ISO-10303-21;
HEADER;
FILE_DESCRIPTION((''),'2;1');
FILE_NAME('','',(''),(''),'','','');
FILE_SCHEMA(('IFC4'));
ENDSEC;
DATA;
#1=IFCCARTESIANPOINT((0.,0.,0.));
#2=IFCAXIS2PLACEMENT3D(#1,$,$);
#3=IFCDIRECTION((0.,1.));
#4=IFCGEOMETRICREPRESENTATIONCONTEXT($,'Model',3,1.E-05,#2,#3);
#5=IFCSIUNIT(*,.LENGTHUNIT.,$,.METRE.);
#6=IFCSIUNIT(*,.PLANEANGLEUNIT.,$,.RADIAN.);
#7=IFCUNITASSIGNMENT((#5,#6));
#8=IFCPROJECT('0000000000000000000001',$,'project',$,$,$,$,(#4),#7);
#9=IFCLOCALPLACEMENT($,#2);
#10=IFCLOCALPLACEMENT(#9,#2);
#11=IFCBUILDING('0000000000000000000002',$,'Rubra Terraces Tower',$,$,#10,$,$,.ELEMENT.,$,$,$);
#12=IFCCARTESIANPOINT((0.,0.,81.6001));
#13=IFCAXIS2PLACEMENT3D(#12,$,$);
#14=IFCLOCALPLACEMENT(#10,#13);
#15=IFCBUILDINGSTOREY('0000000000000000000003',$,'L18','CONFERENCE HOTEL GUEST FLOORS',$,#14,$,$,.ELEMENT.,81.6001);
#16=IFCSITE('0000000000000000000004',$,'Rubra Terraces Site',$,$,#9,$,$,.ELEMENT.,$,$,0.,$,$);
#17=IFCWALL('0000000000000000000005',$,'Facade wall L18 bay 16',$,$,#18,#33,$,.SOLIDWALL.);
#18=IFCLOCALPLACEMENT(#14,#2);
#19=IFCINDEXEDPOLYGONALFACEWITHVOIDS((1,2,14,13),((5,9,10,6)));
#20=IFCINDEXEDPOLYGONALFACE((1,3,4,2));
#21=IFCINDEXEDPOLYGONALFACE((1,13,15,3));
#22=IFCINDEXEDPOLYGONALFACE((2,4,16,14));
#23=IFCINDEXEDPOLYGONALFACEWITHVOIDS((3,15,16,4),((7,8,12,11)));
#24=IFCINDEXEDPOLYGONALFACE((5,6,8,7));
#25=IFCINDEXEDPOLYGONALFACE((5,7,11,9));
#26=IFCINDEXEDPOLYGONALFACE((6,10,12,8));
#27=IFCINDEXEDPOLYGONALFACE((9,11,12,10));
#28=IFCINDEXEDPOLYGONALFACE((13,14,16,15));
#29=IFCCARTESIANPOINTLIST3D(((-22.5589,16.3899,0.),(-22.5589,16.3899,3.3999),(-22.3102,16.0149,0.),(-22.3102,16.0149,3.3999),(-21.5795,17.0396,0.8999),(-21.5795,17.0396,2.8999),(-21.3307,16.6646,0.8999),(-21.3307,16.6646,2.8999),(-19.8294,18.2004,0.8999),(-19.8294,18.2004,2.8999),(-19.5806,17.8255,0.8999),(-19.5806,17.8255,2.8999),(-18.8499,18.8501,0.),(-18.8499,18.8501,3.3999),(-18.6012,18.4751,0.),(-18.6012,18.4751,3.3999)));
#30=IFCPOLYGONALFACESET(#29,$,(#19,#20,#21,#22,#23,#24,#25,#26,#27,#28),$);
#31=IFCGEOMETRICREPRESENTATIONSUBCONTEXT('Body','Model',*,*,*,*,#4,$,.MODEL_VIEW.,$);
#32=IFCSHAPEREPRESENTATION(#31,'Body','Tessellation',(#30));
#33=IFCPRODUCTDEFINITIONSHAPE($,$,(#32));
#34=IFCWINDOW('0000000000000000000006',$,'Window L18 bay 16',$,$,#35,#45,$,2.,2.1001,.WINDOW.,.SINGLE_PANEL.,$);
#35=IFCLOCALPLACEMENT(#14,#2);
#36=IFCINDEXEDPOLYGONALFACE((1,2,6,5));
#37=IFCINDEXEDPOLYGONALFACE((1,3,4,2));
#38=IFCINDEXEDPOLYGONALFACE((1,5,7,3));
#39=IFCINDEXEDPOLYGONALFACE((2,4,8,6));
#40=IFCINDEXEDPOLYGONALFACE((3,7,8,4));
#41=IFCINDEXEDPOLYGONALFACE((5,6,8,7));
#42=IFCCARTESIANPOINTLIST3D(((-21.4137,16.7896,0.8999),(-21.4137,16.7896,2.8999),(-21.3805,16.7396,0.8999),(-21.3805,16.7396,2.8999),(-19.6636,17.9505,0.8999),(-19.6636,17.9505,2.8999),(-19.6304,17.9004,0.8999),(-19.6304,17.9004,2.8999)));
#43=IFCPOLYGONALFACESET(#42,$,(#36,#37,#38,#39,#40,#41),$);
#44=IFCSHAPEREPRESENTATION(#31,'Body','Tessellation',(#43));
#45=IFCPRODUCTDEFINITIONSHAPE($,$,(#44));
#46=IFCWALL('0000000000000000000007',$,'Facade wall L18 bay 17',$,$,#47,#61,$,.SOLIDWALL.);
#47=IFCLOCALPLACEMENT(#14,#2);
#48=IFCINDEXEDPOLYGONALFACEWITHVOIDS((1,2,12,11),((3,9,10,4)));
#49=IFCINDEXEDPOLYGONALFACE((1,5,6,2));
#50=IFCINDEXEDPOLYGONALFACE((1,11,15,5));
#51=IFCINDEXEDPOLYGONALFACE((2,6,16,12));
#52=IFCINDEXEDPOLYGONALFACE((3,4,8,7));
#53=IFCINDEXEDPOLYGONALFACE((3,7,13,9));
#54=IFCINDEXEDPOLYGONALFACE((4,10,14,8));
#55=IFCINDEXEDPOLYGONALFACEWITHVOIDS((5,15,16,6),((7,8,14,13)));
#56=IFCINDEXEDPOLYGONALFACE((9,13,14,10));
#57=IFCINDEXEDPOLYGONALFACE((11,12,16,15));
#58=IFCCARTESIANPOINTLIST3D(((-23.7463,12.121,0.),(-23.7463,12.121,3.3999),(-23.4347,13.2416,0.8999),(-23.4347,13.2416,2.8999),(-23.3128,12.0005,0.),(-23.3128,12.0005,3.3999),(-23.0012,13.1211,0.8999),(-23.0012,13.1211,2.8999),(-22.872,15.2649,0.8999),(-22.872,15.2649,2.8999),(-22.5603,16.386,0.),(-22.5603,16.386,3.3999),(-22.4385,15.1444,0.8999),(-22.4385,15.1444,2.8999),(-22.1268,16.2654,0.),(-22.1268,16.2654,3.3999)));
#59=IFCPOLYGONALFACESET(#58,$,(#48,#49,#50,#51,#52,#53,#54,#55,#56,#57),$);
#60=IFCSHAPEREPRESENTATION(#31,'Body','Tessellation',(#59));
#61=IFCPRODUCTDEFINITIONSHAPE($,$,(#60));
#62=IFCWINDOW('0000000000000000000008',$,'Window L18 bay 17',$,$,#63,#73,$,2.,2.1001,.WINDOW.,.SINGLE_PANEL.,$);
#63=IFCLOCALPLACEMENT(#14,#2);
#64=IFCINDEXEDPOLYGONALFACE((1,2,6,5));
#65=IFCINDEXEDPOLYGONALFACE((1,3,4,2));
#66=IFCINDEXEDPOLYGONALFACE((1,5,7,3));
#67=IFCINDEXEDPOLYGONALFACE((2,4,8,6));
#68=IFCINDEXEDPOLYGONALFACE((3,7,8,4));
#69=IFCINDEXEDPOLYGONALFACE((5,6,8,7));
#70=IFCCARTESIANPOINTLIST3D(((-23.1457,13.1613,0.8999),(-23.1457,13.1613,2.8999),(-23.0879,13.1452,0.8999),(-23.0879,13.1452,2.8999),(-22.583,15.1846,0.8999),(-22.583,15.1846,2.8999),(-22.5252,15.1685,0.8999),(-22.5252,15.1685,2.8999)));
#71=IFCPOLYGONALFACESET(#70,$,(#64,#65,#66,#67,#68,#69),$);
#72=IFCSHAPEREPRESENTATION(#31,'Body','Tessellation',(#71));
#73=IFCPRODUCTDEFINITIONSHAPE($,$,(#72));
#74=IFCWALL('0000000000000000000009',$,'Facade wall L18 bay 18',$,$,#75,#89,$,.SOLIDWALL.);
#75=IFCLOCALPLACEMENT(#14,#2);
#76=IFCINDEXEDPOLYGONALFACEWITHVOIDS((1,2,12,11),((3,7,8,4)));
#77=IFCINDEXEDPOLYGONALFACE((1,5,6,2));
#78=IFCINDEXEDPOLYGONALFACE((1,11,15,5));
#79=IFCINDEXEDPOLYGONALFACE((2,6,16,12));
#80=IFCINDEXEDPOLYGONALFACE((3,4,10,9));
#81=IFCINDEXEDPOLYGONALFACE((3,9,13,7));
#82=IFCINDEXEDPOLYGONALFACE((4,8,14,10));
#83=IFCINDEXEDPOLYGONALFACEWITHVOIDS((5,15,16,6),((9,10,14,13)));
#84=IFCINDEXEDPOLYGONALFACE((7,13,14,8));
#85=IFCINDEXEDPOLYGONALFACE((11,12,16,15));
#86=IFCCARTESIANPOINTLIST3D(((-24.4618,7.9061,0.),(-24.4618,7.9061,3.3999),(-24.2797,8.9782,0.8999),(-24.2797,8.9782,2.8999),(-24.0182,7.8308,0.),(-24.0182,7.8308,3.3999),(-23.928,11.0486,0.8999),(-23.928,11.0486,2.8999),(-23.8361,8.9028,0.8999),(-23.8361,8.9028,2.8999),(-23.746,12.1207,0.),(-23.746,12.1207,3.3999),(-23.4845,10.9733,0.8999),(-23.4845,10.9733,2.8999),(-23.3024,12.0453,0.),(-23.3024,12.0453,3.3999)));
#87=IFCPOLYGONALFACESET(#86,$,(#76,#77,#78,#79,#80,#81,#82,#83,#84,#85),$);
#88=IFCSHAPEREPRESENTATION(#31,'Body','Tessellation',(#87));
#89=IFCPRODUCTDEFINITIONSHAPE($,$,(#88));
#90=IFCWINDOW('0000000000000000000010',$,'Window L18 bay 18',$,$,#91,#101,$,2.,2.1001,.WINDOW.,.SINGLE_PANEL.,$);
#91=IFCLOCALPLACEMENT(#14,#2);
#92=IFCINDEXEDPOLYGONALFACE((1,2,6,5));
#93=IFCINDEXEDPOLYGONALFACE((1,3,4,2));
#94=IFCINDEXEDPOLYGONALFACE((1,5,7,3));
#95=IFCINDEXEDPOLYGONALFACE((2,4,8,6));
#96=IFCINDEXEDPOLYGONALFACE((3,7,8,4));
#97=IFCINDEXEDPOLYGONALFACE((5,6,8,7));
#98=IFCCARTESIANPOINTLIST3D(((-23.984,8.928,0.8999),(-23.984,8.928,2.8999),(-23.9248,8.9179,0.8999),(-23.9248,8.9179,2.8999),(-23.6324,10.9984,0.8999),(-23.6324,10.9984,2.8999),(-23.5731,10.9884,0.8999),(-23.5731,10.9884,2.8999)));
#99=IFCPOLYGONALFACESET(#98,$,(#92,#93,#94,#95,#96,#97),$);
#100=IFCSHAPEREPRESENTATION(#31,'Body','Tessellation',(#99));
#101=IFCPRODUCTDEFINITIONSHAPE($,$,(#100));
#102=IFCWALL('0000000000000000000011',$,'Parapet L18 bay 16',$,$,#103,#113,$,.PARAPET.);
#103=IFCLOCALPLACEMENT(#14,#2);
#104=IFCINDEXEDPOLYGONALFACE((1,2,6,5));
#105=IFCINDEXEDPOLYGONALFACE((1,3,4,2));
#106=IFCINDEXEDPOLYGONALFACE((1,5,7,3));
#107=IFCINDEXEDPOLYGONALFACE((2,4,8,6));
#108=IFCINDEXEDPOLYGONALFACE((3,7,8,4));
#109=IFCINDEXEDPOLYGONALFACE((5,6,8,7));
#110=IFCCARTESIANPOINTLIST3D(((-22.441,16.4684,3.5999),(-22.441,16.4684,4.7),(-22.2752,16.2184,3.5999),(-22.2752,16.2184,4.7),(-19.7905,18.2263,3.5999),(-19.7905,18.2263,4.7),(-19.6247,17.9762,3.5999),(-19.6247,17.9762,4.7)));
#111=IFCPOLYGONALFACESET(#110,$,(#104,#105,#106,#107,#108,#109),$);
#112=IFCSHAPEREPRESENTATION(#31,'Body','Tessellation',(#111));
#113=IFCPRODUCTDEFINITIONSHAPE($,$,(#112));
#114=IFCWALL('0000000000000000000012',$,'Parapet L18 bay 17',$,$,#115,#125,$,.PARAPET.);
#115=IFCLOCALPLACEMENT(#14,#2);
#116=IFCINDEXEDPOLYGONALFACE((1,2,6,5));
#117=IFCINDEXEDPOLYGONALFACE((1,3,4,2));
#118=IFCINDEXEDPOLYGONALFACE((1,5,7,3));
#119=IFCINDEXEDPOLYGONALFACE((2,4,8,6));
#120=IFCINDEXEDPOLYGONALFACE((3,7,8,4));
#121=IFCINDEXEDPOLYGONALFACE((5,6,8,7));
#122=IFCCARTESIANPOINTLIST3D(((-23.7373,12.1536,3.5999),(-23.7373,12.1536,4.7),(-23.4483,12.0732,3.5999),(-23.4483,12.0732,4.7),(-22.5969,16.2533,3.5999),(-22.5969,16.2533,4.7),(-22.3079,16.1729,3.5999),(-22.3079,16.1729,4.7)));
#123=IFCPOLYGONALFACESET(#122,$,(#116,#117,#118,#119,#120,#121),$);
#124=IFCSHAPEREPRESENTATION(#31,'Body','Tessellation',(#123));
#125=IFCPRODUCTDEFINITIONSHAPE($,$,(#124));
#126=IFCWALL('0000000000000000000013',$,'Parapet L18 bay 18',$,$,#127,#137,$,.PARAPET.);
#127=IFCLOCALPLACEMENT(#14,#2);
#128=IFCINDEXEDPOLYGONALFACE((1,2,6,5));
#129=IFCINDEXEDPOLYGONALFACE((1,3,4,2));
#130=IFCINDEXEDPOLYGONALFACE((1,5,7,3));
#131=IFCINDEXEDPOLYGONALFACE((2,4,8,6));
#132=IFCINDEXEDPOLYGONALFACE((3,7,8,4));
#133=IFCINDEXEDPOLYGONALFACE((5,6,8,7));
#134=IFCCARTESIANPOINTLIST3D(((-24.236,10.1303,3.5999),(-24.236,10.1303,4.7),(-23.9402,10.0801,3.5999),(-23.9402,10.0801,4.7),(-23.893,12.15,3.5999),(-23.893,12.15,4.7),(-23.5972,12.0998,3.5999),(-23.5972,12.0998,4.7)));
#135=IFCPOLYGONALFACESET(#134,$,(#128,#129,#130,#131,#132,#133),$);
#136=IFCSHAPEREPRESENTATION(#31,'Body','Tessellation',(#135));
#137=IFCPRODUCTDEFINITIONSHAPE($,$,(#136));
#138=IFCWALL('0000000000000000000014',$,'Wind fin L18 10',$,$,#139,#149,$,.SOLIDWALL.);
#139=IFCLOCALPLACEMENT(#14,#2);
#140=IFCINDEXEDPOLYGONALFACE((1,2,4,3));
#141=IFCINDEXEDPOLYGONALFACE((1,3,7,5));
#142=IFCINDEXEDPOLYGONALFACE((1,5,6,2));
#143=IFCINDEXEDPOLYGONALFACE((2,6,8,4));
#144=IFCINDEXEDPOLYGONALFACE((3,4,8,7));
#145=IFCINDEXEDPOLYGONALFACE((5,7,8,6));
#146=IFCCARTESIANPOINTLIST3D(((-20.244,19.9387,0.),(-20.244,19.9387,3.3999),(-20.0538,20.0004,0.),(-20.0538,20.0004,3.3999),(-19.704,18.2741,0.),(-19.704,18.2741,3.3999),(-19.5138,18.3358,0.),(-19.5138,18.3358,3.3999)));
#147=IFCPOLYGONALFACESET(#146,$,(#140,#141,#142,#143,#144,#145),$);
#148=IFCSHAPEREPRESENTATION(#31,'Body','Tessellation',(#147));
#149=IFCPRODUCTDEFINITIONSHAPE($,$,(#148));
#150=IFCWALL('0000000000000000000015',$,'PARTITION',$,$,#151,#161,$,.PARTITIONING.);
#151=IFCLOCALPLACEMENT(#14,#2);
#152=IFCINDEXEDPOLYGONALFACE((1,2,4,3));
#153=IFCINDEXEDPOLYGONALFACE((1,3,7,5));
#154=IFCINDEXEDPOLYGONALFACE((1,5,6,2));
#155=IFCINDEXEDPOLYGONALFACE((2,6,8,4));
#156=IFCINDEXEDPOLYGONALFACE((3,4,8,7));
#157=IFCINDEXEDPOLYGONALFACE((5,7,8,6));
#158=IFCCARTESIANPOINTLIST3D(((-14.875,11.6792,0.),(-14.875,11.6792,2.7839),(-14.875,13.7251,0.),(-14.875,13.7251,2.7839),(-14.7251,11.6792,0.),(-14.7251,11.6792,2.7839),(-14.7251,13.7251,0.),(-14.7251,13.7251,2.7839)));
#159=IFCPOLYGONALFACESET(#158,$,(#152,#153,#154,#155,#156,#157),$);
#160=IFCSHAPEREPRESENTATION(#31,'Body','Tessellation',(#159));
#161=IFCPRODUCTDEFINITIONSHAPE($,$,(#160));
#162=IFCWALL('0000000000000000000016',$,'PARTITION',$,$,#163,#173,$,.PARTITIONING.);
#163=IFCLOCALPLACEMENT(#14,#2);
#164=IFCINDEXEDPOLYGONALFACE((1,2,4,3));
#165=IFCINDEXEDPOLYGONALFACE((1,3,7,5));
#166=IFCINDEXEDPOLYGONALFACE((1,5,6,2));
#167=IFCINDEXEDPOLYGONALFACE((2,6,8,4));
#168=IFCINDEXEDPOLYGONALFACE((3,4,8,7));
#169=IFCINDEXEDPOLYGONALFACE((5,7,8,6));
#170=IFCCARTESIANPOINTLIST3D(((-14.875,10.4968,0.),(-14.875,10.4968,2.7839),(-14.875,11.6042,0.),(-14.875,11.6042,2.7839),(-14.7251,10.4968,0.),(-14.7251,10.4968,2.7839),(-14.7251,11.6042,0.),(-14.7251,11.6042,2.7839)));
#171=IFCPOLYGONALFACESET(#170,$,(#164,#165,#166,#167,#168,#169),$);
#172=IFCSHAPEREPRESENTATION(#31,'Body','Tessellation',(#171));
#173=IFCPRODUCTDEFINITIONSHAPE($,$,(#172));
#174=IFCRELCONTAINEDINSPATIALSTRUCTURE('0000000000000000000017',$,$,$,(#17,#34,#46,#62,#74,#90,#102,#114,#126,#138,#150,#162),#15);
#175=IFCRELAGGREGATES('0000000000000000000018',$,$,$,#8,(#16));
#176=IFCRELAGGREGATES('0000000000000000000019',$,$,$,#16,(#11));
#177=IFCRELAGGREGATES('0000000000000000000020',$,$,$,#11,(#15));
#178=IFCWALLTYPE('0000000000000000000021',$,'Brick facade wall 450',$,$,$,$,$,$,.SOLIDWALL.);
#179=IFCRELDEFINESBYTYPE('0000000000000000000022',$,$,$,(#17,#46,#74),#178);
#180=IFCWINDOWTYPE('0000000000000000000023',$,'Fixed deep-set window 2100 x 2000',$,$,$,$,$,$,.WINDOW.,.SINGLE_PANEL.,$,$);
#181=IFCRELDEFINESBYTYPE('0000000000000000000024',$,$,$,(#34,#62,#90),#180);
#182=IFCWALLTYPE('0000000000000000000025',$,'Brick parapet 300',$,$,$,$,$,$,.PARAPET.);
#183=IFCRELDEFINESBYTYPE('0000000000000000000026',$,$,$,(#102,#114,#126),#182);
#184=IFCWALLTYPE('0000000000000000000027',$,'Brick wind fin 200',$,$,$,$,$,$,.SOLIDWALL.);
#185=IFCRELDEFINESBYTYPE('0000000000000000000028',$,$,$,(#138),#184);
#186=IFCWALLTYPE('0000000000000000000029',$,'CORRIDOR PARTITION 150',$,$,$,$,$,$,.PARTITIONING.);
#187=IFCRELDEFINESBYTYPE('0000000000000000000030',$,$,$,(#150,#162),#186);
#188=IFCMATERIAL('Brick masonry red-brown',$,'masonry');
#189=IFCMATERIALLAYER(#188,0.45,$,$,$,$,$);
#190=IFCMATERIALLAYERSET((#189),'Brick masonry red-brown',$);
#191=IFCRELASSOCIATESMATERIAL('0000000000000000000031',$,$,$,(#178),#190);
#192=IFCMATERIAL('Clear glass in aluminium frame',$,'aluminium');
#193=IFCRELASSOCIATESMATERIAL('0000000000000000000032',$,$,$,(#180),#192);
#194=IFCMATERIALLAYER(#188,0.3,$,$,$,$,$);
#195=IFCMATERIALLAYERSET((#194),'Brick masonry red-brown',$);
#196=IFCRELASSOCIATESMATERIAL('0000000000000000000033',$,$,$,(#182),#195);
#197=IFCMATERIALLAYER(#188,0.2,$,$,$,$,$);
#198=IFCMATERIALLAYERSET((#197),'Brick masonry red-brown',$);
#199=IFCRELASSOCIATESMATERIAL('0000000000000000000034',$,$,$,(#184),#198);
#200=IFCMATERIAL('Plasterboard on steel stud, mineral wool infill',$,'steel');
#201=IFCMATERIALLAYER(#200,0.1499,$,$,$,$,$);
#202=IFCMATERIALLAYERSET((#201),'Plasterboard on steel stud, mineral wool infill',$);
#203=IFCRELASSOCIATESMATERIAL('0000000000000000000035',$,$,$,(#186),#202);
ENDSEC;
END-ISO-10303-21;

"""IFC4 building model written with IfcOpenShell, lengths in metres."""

from ifc_helpers import new_model, si_unit, direction, frame, frame_2d, origin, place, context, subcontext, project, spatial, rectangle, extrude, material, layer, layer_set, type_object, element, fill, save


model = new_model("IFC4")

# Units and contexts
model_context = context("Model", 3, precision=1e-05, world=origin(), true_north=direction((0.0, 1.0)))
body_context = subcontext(model_context, "Body", "Model", "MODEL_VIEW")
ifc_project = project(units=[si_unit("LENGTHUNIT", "METRE"), si_unit("PLANEANGLEUNIT", "RADIAN")], contexts=[model_context])

# Site, building, storey
site_placement = place(None, origin())
site = spatial("IfcSite", under=ifc_project, at=site_placement, Name="Rubra Terraces Site", CompositionType="ELEMENT", RefElevation=0.0)
building_placement = place(site_placement, origin())
building = spatial("IfcBuilding", under=site, at=building_placement, Name="Rubra Terraces Tower", CompositionType="ELEMENT")
storey_placement = place(building_placement, frame((0.0, 0.0, 81.6001)))
storey = spatial("IfcBuildingStorey", under=building, at=storey_placement, Name="L18", Description="CONFERENCE HOTEL GUEST FLOORS", CompositionType="ELEMENT", Elevation=81.6001)

# Walls, openings, windows
ifc_material_1 = material(Name="Brick masonry red-brown", Category="masonry")
ifc_layer_1 = layer(ifc_material_1, 0.45)
ifc_layer_set_1 = layer_set([ifc_layer_1], Name="Brick masonry red-brown")
wall_type_1 = type_object("IfcWallType", Name="Brick facade wall 450", PredefinedType="SOLIDWALL", material=ifc_layer_set_1)
wall_1_placement = place(storey_placement, frame((-18.7256, 18.6626, 0.0), z_axis=(0.0, 0.0, 1.0), x_axis=(-0.833339, -0.552762, 0.0)))
wall_1 = element("IfcWall", 1, at=wall_1_placement, inside=storey, type_object=wall_type_1, Name="Facade wall L18 bay 16", PredefinedType="SOLIDWALL", context=body_context, shape_type="SweptSolid", body=[
    extrude(rectangle(XDim=4.4507, YDim=0.45, at=frame_2d((2.2253, 0.0))), origin(), (0.0, 0.0, 1.0), 3.3999),
])
opening_1_placement = place(wall_1_placement, frame((1.1753, 0.0, 0.8999)))
opening_1 = element("IfcOpeningElement", 2, at=opening_1_placement, cuts=wall_1, PredefinedType="OPENING", context=body_context, shape_type="SweptSolid", body=[
    extrude(rectangle(XDim=2.1001, YDim=2.0, at=frame_2d((1.05, 1.0))), frame((0.0, 0.2349, 0.0), z_axis=(0.0, -1.0, 0.0), x_axis=(1.0, 0.0, 0.0)), (0.0, 0.0, 1.0), 0.47),
])
ifc_material_2 = material(Name="Clear glass in aluminium frame", Category="aluminium")
window_type = type_object("IfcWindowType", Name="Fixed deep-set window 2100 x 2000", PartitioningType="SINGLE_PANEL", PredefinedType="WINDOW", material=ifc_material_2)
window_1_placement = place(opening_1_placement, origin())
window_1 = element("IfcWindow", 3, at=window_1_placement, inside=storey, type_object=window_type, Name="Window L18 bay 16", OverallHeight=2.0, OverallWidth=2.1001, PartitioningType="SINGLE_PANEL", PredefinedType="WINDOW", context=body_context, shape_type="SweptSolid", body=[
    extrude(rectangle(XDim=2.1001, YDim=2.0, at=frame_2d((1.05, 1.0))), frame((0.0, 0.135, 0.0), z_axis=(0.0, -1.0, 0.0), x_axis=(1.0, 0.0, 0.0)), (0.0, 0.0, 1.0), 0.0601),
])
fill(opening_1, window_1)
wall_2_placement = place(storey_placement, frame((-22.3435, 16.3257, 0.0), z_axis=(0.0, 0.0, 1.0), x_axis=(-0.267925, -0.96344, 0.0)))
wall_2 = element("IfcWall", 4, at=wall_2_placement, inside=storey, type_object=wall_type_1, Name="Facade wall L18 bay 17", PredefinedType="SOLIDWALL", context=body_context, shape_type="SweptSolid", body=[
    extrude(rectangle(XDim=4.4268, YDim=0.45, at=frame_2d((2.2134, 0.0))), origin(), (0.0, 0.0, 1.0), 3.3999),
])
opening_2_placement = place(wall_2_placement, frame((1.1636, 0.0, 0.8999)))
opening_2 = element("IfcOpeningElement", 5, at=opening_2_placement, cuts=wall_2, PredefinedType="OPENING", context=body_context, shape_type="SweptSolid", body=[
    extrude(rectangle(XDim=2.1001, YDim=2.0, at=frame_2d((1.05, 1.0))), frame((0.0, 0.2349, 0.0), z_axis=(0.0, -1.0, 0.0), x_axis=(1.0, 0.0, 0.0)), (0.0, 0.0, 1.0), 0.47),
])
window_2_placement = place(opening_2_placement, origin())
window_2 = element("IfcWindow", 6, at=window_2_placement, inside=storey, type_object=window_type, Name="Window L18 bay 17", OverallHeight=2.0, OverallWidth=2.1001, PartitioningType="SINGLE_PANEL", PredefinedType="WINDOW", context=body_context, shape_type="SweptSolid", body=[
    extrude(rectangle(XDim=2.1001, YDim=2.0, at=frame_2d((1.05, 1.0))), frame((0.0, 0.135, 0.0), z_axis=(0.0, -1.0, 0.0), x_axis=(1.0, 0.0, 0.0)), (0.0, 0.0, 1.0), 0.0601),
])
fill(opening_2, window_2)
wall_3_placement = place(storey_placement, frame((-23.5242, 12.083, 0.0), z_axis=(0.0, 0.0, 1.0), x_axis=(-0.167445, -0.985881, 0.0)))
wall_3 = element("IfcWall", 7, at=wall_3_placement, inside=storey, type_object=wall_type_1, Name="Facade wall L18 bay 18", PredefinedType="SOLIDWALL", context=body_context, shape_type="SweptSolid", body=[
    extrude(rectangle(XDim=4.2749, YDim=0.45, at=frame_2d((2.1375, 0.0))), origin(), (0.0, 0.0, 1.0), 3.3999),
])
opening_3_placement = place(wall_3_placement, frame((1.0874, 0.0, 0.8999)))
opening_3 = element("IfcOpeningElement", 8, at=opening_3_placement, cuts=wall_3, PredefinedType="OPENING", context=body_context, shape_type="SweptSolid", body=[
    extrude(rectangle(XDim=2.1001, YDim=2.0, at=frame_2d((1.05, 1.0))), frame((0.0, 0.2349, 0.0), z_axis=(0.0, -1.0, 0.0), x_axis=(1.0, 0.0, 0.0)), (0.0, 0.0, 1.0), 0.47),
])
window_3_placement = place(opening_3_placement, origin())
window_3 = element("IfcWindow", 9, at=window_3_placement, inside=storey, type_object=window_type, Name="Window L18 bay 18", OverallHeight=2.0, OverallWidth=2.1001, PartitioningType="SINGLE_PANEL", PredefinedType="WINDOW", context=body_context, shape_type="SweptSolid", body=[
    extrude(rectangle(XDim=2.1001, YDim=2.0, at=frame_2d((1.05, 1.0))), frame((0.0, 0.135, 0.0), z_axis=(0.0, -1.0, 0.0), x_axis=(1.0, 0.0, 0.0)), (0.0, 0.0, 1.0), 0.0601),
])
fill(opening_3, window_3)

# Walls
ifc_layer_2 = layer(ifc_material_1, 0.3)
ifc_layer_set_2 = layer_set([ifc_layer_2], Name="Brick masonry red-brown")
wall_type_2 = type_object("IfcWallType", Name="Brick parapet 300", PredefinedType="PARAPET", material=ifc_layer_set_2)
wall_4_placement = place(storey_placement, frame((-19.7075, 18.1013, 3.5999), z_axis=(0.0, 0.0, 1.0), x_axis=(-0.833371, -0.552715, 0.0)))
element("IfcWall", 10, at=wall_4_placement, inside=storey, type_object=wall_type_2, Name="Parapet L18 bay 16", PredefinedType="PARAPET", context=body_context, shape_type="SweptSolid", body=[
    extrude(rectangle(XDim=3.1804, YDim=0.3, at=frame_2d((1.5903, 0.0))), origin(), (0.0, 0.0, 1.0), 1.1001),
])
wall_5_placement = place(storey_placement, frame((-22.4524, 16.2131, 3.5999), z_axis=(0.0, 0.0, 1.0), x_axis=(-0.267993, -0.963421, 0.0)))
element("IfcWall", 11, at=wall_5_placement, inside=storey, type_object=wall_type_2, Name="Parapet L18 bay 17", PredefinedType="PARAPET", context=body_context, shape_type="SweptSolid", body=[
    extrude(rectangle(XDim=4.2554, YDim=0.3, at=frame_2d((2.1277, 0.0))), origin(), (0.0, 0.0, 1.0), 1.1001),
])
wall_6_placement = place(storey_placement, frame((-23.7451, 12.125, 3.5999), z_axis=(0.0, 0.0, 1.0), x_axis=(-0.167432, -0.985884, 0.0)))
element("IfcWall", 12, at=wall_6_placement, inside=storey, type_object=wall_type_2, Name="Parapet L18 bay 18", PredefinedType="PARAPET", context=body_context, shape_type="SweptSolid", body=[
    extrude(rectangle(XDim=2.0486, YDim=0.3, at=frame_2d((1.0244, 0.0))), origin(), (0.0, 0.0, 1.0), 1.1001),
])
ifc_layer_3 = layer(ifc_material_1, 0.2)
ifc_layer_set_3 = layer_set([ifc_layer_3], Name="Brick masonry red-brown")
wall_type_3 = type_object("IfcWallType", Name="Brick wind fin 200", PredefinedType="SOLIDWALL", material=ifc_layer_set_3)
wall_7_placement = place(storey_placement, frame((-19.6089, 18.3049, 0.0), z_axis=(0.0, 0.0, 1.0), x_axis=(-0.3086, 0.951192, 0.0)))
element("IfcWall", 13, at=wall_7_placement, inside=storey, type_object=wall_type_3, Name="Wind fin L18 10", PredefinedType="SOLIDWALL", context=body_context, shape_type="SweptSolid", body=[
    extrude(rectangle(XDim=1.75, YDim=0.2, at=frame_2d((0.875, 0.0))), origin(), (0.0, 0.0, 1.0), 3.3999),
])
ifc_material_3 = material(Name="Plasterboard on steel stud, mineral wool infill", Category="steel")
ifc_layer_4 = layer(ifc_material_3, 0.1499)
ifc_layer_set_4 = layer_set([ifc_layer_4], Name="Plasterboard on steel stud, mineral wool infill")
wall_type_4 = type_object("IfcWallType", Name="CORRIDOR PARTITION 150", PredefinedType="PARTITIONING", material=ifc_layer_set_4)
wall_8_placement = place(storey_placement, frame((-14.8, 13.7251, 0.0), z_axis=(0.0, 0.0, 1.0), x_axis=(0.0, -1.0, 0.0)))
element("IfcWall", 14, at=wall_8_placement, inside=storey, type_object=wall_type_4, Name="PARTITION", PredefinedType="PARTITIONING", context=body_context, shape_type="SweptSolid", body=[
    extrude(rectangle(XDim=2.0459, YDim=0.1499, at=frame_2d((1.0229, 0.0))), origin(), (0.0, 0.0, 1.0), 2.7839),
])
wall_9_placement = place(storey_placement, frame((-14.8, 11.6042, 0.0), z_axis=(0.0, 0.0, 1.0), x_axis=(0.0, -1.0, 0.0)))
element("IfcWall", 15, at=wall_9_placement, inside=storey, type_object=wall_type_4, Name="PARTITION", PredefinedType="PARTITIONING", context=body_context, shape_type="SweptSolid", body=[
    extrude(rectangle(XDim=1.1074, YDim=0.1499, at=frame_2d((0.5537, 0.0))), origin(), (0.0, 0.0, 1.0), 2.7839),
])

save(model, "model.ifc")
